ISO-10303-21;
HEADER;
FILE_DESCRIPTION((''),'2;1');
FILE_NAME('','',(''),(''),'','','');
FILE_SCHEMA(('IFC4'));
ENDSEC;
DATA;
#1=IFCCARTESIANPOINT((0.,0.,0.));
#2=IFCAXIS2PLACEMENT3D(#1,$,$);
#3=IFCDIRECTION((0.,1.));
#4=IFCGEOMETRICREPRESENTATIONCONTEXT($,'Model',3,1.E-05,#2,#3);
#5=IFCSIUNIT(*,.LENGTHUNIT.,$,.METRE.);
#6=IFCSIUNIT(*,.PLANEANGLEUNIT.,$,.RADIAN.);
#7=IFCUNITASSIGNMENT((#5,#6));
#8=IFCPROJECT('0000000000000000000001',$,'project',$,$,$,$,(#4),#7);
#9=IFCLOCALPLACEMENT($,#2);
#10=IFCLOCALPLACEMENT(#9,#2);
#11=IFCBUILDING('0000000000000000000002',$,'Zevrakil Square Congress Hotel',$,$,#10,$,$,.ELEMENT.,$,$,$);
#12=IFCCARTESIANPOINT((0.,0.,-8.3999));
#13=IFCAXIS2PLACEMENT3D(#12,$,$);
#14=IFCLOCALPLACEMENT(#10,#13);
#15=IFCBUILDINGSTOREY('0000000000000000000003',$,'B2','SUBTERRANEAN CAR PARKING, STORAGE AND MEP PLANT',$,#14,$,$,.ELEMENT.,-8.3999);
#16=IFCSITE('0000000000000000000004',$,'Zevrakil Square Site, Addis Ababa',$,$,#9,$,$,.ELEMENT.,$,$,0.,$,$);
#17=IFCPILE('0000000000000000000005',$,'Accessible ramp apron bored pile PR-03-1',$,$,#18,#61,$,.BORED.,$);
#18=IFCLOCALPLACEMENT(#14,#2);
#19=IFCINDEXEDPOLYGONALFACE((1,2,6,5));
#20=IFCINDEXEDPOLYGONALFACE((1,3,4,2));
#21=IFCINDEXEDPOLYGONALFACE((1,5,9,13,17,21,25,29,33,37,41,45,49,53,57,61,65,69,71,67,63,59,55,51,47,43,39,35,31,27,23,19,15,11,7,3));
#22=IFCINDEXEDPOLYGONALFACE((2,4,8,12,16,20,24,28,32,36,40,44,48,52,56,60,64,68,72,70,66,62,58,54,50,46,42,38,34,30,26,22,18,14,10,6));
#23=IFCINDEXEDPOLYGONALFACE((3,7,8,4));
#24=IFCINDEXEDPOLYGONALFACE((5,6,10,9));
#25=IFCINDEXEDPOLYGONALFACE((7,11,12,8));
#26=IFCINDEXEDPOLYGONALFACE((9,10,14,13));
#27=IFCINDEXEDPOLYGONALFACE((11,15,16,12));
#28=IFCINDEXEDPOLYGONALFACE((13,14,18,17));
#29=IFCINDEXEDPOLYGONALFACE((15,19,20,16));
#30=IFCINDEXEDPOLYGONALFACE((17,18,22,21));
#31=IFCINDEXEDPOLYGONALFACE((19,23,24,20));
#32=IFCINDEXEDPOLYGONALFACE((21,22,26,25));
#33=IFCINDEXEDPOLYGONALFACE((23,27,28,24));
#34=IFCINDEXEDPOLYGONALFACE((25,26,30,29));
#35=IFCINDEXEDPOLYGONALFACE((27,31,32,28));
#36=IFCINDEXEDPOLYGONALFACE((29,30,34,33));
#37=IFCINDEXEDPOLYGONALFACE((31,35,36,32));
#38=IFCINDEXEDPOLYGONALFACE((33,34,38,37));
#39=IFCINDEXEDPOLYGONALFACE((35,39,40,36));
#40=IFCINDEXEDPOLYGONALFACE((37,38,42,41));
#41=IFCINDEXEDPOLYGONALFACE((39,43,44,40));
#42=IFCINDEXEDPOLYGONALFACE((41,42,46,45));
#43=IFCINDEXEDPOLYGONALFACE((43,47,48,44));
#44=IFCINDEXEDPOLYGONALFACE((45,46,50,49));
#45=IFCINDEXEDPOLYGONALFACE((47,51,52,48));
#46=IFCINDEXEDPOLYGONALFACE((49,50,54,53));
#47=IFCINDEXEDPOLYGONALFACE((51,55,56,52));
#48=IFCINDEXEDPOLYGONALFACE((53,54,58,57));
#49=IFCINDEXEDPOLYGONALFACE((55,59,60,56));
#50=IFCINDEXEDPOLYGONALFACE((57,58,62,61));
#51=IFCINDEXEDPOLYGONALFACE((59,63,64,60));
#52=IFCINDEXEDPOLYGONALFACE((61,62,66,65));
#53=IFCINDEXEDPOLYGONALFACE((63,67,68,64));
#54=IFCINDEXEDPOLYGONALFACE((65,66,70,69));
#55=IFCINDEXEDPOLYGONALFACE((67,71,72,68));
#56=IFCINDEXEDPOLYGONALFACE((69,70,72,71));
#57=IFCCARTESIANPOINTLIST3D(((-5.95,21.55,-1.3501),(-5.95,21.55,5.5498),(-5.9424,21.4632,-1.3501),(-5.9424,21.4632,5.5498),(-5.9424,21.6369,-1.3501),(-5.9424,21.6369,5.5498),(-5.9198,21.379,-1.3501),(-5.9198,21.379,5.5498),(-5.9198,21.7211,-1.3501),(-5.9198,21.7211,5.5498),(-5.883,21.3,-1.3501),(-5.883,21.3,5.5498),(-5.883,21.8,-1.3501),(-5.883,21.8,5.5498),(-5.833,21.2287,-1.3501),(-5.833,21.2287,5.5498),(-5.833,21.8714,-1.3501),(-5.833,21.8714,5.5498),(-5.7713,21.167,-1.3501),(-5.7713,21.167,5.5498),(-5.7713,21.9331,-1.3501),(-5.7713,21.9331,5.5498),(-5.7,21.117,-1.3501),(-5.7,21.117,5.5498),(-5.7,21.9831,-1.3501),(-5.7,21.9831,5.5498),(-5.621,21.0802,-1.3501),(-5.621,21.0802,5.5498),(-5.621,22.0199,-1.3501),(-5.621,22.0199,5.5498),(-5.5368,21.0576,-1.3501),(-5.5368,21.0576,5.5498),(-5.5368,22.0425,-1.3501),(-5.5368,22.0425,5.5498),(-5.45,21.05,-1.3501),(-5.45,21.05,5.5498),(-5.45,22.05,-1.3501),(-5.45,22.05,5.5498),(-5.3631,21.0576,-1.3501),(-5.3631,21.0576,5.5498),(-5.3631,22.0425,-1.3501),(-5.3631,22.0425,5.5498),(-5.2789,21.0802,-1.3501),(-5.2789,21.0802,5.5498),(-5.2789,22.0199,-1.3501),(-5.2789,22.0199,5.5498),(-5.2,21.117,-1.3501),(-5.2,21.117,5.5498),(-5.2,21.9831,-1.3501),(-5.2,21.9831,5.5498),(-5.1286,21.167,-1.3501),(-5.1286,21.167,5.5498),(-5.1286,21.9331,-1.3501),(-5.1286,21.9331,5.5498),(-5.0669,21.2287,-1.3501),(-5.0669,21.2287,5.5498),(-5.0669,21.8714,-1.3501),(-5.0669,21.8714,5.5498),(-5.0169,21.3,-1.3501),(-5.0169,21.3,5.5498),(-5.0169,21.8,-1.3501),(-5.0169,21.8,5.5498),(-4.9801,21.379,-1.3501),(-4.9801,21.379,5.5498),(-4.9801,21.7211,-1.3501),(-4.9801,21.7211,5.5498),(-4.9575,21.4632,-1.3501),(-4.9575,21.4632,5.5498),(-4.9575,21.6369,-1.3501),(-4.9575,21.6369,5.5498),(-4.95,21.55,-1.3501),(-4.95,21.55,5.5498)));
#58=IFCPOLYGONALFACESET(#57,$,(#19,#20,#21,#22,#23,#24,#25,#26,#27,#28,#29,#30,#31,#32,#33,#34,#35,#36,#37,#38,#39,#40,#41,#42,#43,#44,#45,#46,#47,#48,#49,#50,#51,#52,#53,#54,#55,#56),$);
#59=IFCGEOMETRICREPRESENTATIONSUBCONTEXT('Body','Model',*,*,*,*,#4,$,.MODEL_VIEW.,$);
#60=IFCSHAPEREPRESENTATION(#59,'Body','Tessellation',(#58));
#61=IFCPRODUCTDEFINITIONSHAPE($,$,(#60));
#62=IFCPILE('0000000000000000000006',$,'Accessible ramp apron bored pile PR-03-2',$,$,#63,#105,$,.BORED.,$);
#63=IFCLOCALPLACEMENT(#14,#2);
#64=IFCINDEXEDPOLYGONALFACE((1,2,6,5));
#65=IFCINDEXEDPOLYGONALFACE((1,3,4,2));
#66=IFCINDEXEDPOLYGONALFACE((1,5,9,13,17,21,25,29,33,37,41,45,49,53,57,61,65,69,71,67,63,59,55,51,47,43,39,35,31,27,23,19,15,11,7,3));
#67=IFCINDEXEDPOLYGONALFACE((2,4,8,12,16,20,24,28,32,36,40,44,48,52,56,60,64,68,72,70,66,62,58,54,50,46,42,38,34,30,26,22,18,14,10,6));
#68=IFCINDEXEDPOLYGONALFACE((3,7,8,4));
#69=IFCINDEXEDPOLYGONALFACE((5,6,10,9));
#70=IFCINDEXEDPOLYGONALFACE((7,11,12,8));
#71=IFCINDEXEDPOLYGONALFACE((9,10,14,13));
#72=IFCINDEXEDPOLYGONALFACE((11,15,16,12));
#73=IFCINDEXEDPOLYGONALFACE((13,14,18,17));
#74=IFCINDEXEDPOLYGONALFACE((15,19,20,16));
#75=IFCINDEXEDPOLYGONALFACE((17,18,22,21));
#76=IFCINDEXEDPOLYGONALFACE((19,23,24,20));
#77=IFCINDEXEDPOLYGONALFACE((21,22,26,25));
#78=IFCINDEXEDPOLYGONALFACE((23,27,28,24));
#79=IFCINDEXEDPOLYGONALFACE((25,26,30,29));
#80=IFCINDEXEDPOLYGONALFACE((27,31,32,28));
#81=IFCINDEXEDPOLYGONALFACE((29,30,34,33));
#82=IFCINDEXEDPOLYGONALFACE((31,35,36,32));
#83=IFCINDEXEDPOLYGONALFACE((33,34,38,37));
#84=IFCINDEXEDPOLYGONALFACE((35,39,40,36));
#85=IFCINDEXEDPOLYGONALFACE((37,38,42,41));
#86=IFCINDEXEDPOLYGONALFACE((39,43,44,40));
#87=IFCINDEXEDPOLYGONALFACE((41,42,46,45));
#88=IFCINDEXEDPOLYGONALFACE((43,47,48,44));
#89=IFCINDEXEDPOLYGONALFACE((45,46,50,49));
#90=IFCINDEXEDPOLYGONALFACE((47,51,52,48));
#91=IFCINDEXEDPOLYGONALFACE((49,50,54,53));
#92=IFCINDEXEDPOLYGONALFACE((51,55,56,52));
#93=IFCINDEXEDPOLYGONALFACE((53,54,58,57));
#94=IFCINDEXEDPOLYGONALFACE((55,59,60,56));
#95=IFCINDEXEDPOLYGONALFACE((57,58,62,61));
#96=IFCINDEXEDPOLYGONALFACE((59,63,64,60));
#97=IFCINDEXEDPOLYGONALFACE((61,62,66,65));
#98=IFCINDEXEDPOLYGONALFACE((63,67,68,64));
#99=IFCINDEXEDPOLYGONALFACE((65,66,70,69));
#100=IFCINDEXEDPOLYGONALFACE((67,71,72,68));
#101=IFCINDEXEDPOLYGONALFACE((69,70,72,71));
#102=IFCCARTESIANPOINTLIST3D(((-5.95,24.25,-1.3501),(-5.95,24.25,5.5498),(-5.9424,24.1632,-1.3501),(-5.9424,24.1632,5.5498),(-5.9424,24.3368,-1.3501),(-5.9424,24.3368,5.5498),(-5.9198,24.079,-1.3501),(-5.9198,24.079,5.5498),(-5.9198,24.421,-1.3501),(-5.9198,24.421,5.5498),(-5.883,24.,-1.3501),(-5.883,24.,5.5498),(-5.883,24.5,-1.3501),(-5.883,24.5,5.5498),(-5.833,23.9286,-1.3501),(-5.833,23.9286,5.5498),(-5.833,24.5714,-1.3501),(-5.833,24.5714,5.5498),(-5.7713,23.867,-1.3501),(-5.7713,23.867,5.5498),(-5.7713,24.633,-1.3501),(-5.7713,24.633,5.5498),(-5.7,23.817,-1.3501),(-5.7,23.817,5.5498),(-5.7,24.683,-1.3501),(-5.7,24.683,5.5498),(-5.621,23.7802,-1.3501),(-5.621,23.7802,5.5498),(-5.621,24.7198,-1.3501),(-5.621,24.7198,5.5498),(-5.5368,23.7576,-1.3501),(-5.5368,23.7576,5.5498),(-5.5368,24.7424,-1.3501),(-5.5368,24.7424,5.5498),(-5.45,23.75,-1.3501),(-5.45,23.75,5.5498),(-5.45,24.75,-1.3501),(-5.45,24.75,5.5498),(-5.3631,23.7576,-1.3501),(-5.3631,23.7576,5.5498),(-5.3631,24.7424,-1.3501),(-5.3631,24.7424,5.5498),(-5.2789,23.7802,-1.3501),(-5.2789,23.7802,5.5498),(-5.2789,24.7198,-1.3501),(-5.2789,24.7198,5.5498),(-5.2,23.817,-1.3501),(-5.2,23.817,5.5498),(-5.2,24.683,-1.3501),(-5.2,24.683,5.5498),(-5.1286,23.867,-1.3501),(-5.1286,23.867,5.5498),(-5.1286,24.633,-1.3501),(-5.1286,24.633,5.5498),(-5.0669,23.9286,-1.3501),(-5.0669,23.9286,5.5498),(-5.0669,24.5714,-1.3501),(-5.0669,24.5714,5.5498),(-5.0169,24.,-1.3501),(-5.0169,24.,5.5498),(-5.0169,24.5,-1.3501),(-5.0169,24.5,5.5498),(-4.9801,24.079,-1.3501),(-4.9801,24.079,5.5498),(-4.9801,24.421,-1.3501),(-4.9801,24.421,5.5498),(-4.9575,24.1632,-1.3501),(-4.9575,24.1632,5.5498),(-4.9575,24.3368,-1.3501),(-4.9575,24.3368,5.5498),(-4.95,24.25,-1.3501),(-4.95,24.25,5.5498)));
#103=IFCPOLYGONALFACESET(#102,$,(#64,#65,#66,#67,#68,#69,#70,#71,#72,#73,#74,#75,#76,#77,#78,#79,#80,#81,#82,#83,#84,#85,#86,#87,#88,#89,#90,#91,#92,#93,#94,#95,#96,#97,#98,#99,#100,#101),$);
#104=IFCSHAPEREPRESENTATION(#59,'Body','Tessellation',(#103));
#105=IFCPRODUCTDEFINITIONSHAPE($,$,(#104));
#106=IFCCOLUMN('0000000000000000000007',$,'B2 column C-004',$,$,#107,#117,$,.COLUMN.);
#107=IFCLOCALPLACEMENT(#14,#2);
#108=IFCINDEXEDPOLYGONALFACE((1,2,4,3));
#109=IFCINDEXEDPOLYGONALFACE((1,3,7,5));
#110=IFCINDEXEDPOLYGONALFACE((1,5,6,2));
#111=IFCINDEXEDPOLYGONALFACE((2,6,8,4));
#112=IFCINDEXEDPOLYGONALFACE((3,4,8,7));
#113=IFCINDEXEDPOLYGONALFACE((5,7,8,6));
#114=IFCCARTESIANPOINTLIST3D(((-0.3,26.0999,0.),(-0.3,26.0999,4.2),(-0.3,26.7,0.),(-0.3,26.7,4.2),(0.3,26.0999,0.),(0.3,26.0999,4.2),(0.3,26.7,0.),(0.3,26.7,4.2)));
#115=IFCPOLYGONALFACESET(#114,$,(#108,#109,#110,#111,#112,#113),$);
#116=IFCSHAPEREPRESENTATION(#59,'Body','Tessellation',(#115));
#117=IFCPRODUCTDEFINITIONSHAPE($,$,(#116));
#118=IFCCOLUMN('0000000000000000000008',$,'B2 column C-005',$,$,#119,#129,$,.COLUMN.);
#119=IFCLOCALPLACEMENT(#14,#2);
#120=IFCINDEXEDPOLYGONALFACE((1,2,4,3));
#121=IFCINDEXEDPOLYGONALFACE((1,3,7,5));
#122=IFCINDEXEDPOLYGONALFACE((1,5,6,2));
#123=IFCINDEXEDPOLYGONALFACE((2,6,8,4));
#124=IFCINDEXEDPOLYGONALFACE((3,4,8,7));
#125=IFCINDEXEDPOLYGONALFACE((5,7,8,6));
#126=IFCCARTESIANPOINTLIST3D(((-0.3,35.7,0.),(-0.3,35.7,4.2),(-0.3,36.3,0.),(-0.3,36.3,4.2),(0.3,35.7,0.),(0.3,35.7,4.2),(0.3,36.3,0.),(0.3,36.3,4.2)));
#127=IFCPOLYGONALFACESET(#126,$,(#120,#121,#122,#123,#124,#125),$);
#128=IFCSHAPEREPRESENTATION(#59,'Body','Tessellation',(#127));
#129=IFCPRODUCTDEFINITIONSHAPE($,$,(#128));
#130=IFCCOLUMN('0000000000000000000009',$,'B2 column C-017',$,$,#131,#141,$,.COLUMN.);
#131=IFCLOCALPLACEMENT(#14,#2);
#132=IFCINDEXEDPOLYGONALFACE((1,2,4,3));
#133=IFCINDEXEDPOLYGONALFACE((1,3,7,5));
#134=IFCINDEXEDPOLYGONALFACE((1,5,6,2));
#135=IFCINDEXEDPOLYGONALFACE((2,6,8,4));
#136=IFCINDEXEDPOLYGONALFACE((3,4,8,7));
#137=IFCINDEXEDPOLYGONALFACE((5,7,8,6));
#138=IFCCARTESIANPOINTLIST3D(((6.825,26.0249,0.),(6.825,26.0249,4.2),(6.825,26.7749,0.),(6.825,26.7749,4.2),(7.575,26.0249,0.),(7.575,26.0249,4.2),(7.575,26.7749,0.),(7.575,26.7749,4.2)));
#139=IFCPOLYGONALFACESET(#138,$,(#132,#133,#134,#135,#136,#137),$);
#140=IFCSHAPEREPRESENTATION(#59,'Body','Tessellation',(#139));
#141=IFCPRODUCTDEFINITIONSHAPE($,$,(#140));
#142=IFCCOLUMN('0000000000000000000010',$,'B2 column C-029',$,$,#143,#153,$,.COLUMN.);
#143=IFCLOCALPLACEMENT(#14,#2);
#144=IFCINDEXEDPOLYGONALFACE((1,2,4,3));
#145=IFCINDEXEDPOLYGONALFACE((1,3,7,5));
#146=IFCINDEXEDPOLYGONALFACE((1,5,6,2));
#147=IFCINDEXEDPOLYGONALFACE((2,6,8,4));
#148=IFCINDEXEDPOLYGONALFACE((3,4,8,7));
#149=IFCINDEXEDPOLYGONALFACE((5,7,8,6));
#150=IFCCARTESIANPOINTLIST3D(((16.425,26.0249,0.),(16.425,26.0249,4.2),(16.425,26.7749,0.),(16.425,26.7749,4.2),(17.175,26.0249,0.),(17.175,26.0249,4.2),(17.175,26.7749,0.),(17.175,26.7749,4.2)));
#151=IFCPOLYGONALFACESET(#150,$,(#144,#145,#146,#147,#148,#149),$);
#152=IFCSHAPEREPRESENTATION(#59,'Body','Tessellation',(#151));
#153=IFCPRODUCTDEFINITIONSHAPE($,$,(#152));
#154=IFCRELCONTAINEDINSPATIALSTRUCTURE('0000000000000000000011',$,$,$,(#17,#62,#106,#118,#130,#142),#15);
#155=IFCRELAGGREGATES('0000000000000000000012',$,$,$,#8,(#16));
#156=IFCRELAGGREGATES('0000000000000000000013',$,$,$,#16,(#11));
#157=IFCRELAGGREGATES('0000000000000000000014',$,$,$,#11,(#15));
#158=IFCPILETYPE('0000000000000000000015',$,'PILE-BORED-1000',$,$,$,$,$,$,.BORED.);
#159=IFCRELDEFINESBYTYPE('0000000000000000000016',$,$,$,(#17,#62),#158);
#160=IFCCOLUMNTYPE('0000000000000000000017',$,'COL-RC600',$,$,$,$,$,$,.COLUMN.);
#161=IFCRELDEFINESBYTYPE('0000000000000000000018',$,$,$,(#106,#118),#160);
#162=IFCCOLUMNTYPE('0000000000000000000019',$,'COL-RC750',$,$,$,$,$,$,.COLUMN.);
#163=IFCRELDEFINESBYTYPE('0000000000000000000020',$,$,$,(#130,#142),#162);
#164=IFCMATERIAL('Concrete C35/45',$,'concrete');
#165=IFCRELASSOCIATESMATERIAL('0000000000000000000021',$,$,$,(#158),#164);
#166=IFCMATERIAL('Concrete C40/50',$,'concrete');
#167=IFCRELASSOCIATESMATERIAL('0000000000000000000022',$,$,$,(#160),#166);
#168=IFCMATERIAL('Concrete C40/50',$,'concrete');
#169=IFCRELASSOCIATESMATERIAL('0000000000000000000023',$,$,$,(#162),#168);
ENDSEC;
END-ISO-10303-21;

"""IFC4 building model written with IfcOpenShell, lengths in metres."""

from ifc_helpers import new_model, si_unit, direction, frame, origin, origin_2d, place, context, subcontext, project, spatial, rectangle, circle, extrude, material, material_profile, profile_set, type_object, element, save


model = new_model("IFC4")

# Units and contexts
model_context = context("Model", 3, precision=1e-05, world=origin(), true_north=direction((0.0, 1.0)))
body_context = subcontext(model_context, "Body", "Model", "MODEL_VIEW")
ifc_project = project(units=[si_unit("LENGTHUNIT", "METRE"), si_unit("PLANEANGLEUNIT", "RADIAN")], contexts=[model_context])

# Site, building, storey
site_placement = place(None, origin())
site = spatial("IfcSite", under=ifc_project, at=site_placement, Name="Zevrakil Square Site, Addis Ababa", CompositionType="ELEMENT", RefElevation=0.0)
building_placement = place(site_placement, origin())
building = spatial("IfcBuilding", under=site, at=building_placement, Name="Zevrakil Square Congress Hotel", CompositionType="ELEMENT")
storey_placement = place(building_placement, frame((0.0, 0.0, -8.3999)))
storey = spatial("IfcBuildingStorey", under=building, at=storey_placement, Name="B2", Description="SUBTERRANEAN CAR PARKING, STORAGE AND MEP PLANT", CompositionType="ELEMENT", Elevation=-8.3999)

# Piles
ifc_material_1 = material(Name="Concrete C35/45", Category="concrete")
ifc_material_profile_1 = material_profile(ifc_material_1, circle(Radius=0.5, at=origin_2d()), Name="PILE D1000")
ifc_profile_set_1 = profile_set([ifc_material_profile_1], Name="Concrete C35/45")
pile_type = type_object("IfcPileType", Name="PILE-BORED-1000", PredefinedType="BORED", material=ifc_profile_set_1)
for number, where, z_axis, x_axis, name in (
    (1, (-5.45, 21.55, 5.5498), (0.0, 0.0, -1.0), (1.0, 0.0, 0.0), "Accessible ramp apron bored pile PR-03-1"),
    (2, (-5.45, 24.25, 5.5498), (0.0, 0.0, -1.0), (1.0, 0.0, 0.0), "Accessible ramp apron bored pile PR-03-2"),
):
    element("IfcPile", number, at=place(storey_placement, frame(where, z_axis=z_axis, x_axis=x_axis)), inside=storey, type_object=pile_type, Name=name, PredefinedType="BORED", context=body_context, shape_type="SweptSolid", body=[
        extrude(circle(Radius=0.5, at=origin_2d()), origin(), (0.0, 0.0, 1.0), 6.8999),
    ])

# Columns
ifc_material_2 = material(Name="Concrete C40/50", Category="concrete")
ifc_material_profile_2 = material_profile(ifc_material_2, rectangle(XDim=0.6001, YDim=0.6001, at=origin_2d()), Name="RC 600x600")
ifc_profile_set_2 = profile_set([ifc_material_profile_2], Name="Concrete C40/50")
column_type_1 = type_object("IfcColumnType", Name="COL-RC600", PredefinedType="COLUMN", material=ifc_profile_set_2)
for number, where, z_axis, x_axis, name in (
    (3, (0.0, 26.3999, 0.0), (0.0, 0.0, 1.0), (1.0, 0.0, 0.0), "B2 column C-004"),
    (4, (0.0, 36.0, 0.0), (0.0, 0.0, 1.0), (1.0, 0.0, 0.0), "B2 column C-005"),
):
    element("IfcColumn", number, at=place(storey_placement, frame(where, z_axis=z_axis, x_axis=x_axis)), inside=storey, type_object=column_type_1, Name=name, PredefinedType="COLUMN", context=body_context, shape_type="SweptSolid", body=[
        extrude(rectangle(XDim=0.6001, YDim=0.6001, at=origin_2d()), origin(), (0.0, 0.0, 1.0), 4.2),
    ])
ifc_material_3 = material(Name="Concrete C40/50", Category="concrete")
ifc_material_profile_3 = material_profile(ifc_material_3, rectangle(XDim=0.75, YDim=0.75, at=origin_2d()), Name="RC 750x750")
ifc_profile_set_3 = profile_set([ifc_material_profile_3], Name="Concrete C40/50")
column_type_2 = type_object("IfcColumnType", Name="COL-RC750", PredefinedType="COLUMN", material=ifc_profile_set_3)
for number, where, z_axis, x_axis, name in (
    (5, (7.2, 26.3999, 0.0), (0.0, 0.0, 1.0), (1.0, 0.0, 0.0), "B2 column C-017"),
    (6, (16.8, 26.3999, 0.0), (0.0, 0.0, 1.0), (1.0, 0.0, 0.0), "B2 column C-029"),
):
    element("IfcColumn", number, at=place(storey_placement, frame(where, z_axis=z_axis, x_axis=x_axis)), inside=storey, type_object=column_type_2, Name=name, PredefinedType="COLUMN", context=body_context, shape_type="SweptSolid", body=[
        extrude(rectangle(XDim=0.75, YDim=0.75, at=origin_2d()), origin(), (0.0, 0.0, 1.0), 4.2),
    ])

save(model, "model.ifc")
